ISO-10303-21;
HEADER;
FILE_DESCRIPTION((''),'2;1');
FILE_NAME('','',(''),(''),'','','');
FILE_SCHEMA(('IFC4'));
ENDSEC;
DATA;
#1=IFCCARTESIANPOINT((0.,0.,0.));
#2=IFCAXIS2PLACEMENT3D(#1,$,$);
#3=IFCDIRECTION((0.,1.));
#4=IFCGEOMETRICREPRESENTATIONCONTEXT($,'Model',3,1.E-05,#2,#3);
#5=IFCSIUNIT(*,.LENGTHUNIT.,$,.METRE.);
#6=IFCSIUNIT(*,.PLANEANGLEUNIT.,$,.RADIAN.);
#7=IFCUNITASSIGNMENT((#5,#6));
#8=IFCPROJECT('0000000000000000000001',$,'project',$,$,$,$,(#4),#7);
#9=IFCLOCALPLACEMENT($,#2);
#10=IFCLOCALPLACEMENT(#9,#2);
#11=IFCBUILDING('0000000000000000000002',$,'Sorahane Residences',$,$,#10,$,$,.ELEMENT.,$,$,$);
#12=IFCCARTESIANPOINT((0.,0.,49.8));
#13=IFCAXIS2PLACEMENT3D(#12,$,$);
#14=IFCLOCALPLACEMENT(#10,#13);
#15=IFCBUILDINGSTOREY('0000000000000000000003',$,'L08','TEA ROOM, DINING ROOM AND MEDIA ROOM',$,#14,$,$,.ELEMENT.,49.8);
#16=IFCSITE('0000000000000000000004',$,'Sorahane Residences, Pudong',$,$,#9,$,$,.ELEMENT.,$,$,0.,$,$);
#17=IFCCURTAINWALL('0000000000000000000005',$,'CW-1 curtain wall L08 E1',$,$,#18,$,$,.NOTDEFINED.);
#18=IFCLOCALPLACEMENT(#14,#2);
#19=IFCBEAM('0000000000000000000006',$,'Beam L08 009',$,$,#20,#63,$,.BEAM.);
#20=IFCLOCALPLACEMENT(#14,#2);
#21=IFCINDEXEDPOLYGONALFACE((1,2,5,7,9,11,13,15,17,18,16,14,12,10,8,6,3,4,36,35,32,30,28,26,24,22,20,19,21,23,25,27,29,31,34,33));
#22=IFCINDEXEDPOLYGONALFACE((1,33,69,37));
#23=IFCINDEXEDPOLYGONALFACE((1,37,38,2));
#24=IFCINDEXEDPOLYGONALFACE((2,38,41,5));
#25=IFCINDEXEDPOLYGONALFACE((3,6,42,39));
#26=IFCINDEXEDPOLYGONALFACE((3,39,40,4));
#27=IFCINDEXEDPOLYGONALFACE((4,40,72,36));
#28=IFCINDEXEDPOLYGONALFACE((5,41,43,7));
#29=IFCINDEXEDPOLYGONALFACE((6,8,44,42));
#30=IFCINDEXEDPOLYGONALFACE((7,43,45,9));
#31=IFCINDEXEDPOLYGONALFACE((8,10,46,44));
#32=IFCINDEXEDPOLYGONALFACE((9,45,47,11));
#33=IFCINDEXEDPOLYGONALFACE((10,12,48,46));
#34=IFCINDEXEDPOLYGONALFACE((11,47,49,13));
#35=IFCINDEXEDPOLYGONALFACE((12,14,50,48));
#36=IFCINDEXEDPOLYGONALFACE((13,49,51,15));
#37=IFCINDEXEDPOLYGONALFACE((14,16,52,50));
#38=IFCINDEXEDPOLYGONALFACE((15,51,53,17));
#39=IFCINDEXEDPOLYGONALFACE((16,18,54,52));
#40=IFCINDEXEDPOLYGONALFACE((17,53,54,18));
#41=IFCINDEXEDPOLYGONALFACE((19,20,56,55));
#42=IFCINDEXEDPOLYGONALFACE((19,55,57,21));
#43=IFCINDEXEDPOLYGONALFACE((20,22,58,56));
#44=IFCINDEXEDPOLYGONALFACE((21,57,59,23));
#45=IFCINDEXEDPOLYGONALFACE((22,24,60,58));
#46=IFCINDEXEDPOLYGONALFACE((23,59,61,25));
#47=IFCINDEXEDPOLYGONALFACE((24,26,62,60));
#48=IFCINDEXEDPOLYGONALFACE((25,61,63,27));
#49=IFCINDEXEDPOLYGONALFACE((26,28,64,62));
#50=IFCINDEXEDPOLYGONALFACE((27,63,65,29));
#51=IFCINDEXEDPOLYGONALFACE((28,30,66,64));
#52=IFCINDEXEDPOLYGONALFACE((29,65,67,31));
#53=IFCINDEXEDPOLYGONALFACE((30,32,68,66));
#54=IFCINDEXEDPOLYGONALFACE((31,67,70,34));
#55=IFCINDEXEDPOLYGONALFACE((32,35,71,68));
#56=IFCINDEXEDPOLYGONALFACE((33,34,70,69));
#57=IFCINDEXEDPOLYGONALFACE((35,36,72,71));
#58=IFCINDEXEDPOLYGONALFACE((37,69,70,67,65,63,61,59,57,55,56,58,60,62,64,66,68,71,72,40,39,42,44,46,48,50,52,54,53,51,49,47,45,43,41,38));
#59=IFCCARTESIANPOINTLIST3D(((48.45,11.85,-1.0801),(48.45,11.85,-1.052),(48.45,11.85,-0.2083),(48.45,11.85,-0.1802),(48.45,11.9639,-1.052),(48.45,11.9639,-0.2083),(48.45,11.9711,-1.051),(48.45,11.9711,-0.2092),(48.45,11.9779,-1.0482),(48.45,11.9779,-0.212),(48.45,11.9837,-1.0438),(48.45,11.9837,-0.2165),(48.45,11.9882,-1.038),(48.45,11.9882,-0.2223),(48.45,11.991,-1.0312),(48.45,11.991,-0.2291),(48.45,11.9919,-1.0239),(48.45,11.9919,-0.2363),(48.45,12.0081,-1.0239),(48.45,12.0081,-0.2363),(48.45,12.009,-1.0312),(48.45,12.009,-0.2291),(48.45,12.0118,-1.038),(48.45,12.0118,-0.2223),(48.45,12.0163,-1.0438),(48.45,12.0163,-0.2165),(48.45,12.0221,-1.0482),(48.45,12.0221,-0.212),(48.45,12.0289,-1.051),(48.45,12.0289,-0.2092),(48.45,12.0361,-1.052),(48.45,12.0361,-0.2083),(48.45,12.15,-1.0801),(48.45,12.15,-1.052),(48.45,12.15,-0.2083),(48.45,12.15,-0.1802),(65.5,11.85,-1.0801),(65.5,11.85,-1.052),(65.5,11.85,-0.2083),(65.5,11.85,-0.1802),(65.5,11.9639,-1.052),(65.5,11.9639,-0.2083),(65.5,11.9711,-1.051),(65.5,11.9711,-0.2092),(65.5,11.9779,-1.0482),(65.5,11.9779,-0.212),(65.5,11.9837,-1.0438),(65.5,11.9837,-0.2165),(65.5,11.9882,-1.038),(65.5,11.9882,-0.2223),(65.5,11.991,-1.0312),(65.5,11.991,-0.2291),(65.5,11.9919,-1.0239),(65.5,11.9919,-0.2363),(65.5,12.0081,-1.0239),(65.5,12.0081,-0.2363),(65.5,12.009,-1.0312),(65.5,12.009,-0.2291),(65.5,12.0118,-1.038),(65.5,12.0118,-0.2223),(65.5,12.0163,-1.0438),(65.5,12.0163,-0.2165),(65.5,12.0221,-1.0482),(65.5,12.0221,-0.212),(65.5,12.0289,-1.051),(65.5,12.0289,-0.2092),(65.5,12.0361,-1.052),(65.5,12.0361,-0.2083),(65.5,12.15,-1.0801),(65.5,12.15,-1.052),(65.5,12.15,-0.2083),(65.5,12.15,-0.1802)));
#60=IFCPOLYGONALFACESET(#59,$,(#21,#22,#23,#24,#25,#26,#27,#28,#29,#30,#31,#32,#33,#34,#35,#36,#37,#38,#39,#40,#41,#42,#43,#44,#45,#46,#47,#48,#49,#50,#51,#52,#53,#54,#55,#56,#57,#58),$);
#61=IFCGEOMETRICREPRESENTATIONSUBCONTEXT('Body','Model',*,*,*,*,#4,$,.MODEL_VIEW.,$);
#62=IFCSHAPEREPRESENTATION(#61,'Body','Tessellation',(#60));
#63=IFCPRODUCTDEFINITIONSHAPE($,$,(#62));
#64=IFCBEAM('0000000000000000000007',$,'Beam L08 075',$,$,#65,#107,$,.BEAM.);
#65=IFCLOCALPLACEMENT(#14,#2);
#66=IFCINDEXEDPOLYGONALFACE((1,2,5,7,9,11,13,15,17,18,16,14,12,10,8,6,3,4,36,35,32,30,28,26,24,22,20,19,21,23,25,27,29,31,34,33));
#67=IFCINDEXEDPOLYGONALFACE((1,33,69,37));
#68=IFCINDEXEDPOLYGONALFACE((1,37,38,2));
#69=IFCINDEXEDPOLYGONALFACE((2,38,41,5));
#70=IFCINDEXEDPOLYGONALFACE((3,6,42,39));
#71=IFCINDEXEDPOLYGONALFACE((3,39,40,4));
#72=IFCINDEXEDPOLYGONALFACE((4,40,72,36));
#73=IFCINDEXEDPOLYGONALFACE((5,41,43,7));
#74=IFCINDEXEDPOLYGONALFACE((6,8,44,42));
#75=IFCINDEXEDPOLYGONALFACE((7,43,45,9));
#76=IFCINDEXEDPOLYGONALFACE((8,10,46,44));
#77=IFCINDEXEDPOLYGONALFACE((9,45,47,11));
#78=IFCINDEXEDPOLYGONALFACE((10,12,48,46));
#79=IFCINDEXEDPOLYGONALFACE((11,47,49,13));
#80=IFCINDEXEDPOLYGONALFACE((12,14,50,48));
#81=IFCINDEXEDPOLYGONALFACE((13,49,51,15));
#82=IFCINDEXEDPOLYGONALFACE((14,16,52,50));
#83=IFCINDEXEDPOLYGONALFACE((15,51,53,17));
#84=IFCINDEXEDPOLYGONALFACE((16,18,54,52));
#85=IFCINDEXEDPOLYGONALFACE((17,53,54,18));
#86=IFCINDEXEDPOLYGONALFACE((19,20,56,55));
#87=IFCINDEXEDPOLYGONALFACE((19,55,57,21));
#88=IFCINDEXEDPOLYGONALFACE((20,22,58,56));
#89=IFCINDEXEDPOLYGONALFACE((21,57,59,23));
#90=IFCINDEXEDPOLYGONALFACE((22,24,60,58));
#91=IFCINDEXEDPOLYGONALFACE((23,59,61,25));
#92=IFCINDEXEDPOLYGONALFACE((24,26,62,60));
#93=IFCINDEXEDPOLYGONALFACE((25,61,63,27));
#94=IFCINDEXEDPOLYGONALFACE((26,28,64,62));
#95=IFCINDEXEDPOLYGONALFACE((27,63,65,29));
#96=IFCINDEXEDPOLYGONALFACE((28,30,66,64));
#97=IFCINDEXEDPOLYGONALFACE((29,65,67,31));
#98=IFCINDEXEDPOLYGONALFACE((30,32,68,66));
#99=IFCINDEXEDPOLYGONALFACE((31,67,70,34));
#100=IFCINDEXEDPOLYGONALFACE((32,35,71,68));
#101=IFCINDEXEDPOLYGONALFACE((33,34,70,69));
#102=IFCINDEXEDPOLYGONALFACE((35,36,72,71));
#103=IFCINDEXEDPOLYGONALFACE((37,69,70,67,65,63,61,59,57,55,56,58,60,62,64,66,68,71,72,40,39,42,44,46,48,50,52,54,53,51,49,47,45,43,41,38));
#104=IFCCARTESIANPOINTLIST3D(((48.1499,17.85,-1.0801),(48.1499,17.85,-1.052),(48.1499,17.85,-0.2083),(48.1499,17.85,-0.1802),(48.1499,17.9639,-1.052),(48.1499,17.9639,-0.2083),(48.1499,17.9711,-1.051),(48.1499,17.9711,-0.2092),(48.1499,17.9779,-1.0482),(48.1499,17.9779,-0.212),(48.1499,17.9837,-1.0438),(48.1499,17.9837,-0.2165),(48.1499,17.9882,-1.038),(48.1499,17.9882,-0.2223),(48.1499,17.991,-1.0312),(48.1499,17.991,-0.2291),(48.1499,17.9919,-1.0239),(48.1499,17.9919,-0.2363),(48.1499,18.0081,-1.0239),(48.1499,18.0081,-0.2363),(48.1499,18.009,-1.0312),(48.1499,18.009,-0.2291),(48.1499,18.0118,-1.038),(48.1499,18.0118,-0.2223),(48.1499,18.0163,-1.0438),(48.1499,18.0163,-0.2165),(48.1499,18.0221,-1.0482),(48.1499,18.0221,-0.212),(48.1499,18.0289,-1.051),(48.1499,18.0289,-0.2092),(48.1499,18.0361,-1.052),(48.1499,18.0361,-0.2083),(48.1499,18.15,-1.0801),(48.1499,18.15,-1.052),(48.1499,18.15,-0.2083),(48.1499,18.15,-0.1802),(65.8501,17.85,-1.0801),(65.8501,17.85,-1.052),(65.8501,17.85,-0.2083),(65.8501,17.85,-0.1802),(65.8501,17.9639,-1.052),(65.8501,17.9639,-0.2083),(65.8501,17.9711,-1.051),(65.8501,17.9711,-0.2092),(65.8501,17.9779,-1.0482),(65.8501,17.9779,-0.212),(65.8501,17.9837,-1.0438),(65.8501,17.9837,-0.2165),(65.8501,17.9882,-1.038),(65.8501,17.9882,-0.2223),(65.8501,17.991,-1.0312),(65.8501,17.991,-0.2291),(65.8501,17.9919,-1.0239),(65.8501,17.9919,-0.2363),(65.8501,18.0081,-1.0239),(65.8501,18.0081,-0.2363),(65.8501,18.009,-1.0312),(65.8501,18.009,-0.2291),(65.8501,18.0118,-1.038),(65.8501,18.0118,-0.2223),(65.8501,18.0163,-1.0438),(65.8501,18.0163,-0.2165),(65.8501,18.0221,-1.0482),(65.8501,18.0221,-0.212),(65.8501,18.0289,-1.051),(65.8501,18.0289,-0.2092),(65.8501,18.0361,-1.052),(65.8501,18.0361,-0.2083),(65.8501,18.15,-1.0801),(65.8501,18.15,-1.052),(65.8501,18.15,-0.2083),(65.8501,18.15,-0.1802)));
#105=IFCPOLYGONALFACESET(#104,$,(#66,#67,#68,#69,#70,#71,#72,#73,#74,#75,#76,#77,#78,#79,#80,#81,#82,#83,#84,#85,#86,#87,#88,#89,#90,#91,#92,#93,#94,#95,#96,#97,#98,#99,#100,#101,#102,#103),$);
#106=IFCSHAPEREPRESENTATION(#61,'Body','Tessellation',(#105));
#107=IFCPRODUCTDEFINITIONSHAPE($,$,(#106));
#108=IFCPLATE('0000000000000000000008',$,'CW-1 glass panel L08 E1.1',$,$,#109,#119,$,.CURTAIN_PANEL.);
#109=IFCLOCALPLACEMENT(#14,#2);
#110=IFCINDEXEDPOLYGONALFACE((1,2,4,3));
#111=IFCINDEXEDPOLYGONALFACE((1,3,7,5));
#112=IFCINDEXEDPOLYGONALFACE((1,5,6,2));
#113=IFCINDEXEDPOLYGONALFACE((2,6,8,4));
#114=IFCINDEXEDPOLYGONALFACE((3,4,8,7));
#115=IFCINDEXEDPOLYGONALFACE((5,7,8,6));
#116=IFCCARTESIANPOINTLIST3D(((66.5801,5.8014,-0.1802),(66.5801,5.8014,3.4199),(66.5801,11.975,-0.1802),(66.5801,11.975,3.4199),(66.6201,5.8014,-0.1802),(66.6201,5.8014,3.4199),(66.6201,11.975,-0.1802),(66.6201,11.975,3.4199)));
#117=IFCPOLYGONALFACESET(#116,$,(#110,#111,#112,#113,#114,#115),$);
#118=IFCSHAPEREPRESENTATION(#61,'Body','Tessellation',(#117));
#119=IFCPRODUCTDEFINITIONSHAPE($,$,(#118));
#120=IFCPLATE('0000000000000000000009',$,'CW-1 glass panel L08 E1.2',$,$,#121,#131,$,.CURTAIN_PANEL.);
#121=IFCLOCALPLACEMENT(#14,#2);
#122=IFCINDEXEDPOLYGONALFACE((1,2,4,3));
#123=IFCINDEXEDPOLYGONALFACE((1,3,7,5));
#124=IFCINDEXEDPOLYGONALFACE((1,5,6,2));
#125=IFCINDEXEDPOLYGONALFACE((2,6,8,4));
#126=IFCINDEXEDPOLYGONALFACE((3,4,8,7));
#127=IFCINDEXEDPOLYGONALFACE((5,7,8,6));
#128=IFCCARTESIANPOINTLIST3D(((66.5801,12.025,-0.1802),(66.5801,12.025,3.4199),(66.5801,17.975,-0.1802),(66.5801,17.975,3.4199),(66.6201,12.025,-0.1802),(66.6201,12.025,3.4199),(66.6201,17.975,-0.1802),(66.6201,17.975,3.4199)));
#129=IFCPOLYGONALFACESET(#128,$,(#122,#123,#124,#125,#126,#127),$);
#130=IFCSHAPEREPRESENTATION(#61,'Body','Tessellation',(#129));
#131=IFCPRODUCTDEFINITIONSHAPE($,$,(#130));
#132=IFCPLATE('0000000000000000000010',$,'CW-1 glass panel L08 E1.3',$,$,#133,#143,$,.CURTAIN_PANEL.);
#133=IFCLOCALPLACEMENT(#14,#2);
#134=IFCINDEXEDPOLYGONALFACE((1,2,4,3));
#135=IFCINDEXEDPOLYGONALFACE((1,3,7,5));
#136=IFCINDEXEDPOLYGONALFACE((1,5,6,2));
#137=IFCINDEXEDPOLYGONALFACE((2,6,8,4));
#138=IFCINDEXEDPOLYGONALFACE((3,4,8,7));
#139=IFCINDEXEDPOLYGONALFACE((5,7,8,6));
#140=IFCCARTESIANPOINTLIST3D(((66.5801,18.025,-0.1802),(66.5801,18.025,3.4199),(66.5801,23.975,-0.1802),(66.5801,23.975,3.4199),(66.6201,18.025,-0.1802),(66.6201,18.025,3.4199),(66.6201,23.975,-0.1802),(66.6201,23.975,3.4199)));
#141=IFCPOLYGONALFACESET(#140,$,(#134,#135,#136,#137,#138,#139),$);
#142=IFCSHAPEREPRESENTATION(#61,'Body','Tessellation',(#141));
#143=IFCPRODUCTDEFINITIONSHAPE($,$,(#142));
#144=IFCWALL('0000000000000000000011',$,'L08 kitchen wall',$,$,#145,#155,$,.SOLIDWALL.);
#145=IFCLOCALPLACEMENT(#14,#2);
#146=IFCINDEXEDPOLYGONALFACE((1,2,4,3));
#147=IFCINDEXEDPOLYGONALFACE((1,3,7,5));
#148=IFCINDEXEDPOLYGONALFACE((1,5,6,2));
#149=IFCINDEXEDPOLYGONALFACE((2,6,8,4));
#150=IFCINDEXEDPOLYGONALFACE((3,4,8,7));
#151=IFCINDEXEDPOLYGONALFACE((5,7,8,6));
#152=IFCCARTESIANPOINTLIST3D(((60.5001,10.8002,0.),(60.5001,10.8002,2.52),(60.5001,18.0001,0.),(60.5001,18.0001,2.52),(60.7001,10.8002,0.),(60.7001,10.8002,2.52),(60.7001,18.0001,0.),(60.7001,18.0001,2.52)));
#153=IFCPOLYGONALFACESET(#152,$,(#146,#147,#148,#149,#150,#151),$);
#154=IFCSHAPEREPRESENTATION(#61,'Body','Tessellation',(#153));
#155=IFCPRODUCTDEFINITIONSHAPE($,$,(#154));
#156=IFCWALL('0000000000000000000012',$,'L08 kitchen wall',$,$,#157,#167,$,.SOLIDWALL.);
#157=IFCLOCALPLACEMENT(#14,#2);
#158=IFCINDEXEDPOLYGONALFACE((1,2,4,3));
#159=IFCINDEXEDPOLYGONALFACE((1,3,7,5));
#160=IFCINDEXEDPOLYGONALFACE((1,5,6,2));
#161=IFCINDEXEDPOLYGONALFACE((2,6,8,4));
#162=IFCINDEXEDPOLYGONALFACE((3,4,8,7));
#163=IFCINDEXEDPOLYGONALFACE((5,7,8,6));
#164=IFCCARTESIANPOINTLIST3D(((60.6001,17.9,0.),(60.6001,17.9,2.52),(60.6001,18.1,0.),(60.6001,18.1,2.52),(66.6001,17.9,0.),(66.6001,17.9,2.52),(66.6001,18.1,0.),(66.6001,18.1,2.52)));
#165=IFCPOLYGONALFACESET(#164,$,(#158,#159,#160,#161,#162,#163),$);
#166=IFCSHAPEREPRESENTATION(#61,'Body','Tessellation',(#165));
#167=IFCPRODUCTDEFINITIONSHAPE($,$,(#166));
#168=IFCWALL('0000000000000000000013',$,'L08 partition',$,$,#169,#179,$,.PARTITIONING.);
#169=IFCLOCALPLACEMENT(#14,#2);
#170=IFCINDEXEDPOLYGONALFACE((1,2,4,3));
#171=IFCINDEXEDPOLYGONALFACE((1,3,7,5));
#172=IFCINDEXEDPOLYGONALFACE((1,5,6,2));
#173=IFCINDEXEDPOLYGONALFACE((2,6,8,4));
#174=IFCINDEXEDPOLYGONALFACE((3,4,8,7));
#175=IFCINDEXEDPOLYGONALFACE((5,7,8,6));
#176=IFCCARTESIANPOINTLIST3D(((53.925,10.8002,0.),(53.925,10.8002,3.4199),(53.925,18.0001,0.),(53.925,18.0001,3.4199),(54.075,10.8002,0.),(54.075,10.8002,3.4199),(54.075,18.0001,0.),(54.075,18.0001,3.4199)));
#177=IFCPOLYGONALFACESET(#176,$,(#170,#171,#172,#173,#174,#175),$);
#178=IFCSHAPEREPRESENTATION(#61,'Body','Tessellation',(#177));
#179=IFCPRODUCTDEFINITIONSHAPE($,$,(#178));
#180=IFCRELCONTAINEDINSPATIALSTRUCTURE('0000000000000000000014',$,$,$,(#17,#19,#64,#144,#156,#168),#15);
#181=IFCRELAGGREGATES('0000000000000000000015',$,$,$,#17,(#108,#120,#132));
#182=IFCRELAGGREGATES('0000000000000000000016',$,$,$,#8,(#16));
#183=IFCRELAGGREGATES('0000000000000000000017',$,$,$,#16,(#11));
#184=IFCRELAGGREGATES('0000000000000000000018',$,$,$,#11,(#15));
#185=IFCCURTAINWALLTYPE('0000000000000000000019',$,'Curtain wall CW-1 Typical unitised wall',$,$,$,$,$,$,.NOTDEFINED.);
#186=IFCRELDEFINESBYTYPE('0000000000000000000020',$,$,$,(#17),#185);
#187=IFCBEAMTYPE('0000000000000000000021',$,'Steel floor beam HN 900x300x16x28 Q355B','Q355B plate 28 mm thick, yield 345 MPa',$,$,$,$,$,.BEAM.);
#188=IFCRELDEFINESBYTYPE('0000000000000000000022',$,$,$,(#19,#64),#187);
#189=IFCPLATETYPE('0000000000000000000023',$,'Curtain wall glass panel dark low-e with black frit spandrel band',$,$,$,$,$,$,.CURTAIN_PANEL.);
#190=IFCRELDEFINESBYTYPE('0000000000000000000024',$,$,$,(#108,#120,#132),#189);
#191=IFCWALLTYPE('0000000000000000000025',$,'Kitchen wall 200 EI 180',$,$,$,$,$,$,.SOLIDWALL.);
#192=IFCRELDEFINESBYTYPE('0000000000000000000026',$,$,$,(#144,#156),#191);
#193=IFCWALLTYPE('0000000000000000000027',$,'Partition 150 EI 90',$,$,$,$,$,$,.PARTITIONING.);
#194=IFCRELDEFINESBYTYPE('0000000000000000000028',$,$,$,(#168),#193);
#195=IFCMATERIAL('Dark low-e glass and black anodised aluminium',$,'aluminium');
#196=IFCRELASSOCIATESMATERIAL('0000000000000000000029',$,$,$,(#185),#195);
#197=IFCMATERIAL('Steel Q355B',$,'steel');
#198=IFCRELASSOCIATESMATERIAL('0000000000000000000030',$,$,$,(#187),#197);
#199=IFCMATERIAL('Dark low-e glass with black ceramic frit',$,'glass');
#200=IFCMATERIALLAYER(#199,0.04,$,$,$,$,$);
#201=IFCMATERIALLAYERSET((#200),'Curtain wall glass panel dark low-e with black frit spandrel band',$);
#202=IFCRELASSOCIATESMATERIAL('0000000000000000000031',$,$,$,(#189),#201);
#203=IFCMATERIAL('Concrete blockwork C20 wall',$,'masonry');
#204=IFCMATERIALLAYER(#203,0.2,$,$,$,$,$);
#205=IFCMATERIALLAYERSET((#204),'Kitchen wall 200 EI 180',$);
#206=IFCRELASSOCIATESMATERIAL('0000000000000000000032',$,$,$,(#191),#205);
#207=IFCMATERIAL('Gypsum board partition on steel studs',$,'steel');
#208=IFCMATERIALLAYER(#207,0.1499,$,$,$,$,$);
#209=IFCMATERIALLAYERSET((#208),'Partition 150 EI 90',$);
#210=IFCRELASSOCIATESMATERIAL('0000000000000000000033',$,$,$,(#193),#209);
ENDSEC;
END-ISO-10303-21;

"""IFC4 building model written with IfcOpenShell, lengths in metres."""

from ifc_helpers import new_model, si_unit, direction, frame, frame_2d, origin, origin_2d, place, context, subcontext, project, spatial, rectangle, i_section, extrude, material, layer, layer_set, material_profile, profile_set, type_object, element, aggregate, save


model = new_model("IFC4")

# Units and contexts
model_context = context("Model", 3, precision=1e-05, world=origin(), true_north=direction((0.0, 1.0)))
body_context = subcontext(model_context, "Body", "Model", "MODEL_VIEW")
ifc_project = project(units=[si_unit("LENGTHUNIT", "METRE"), si_unit("PLANEANGLEUNIT", "RADIAN")], contexts=[model_context])

# Site, building, storey
site_placement = place(None, origin())
site = spatial("IfcSite", under=ifc_project, at=site_placement, Name="Sorahane Residences, Pudong", CompositionType="ELEMENT", RefElevation=0.0)
building_placement = place(site_placement, origin())
building = spatial("IfcBuilding", under=site, at=building_placement, Name="Sorahane Residences", CompositionType="ELEMENT")
storey_placement = place(building_placement, frame((0.0, 0.0, 49.8)))
storey = spatial("IfcBuildingStorey", under=building, at=storey_placement, Name="L08", Description="TEA ROOM, DINING ROOM AND MEDIA ROOM", CompositionType="ELEMENT", Elevation=49.8)

# Curtain wall
ifc_material_1 = material(Name="Dark low-e glass and black anodised aluminium", Category="aluminium")
curtain_wall_type = type_object("IfcCurtainWallType", Name="Curtain wall CW-1 Typical unitised wall", PredefinedType="NOTDEFINED", material=ifc_material_1)
curtain_wall_placement = place(storey_placement, origin())
curtain_wall = element("IfcCurtainWall", 1, at=curtain_wall_placement, inside=storey, type_object=curtain_wall_type, Name="CW-1 curtain wall L08 E1", PredefinedType="NOTDEFINED")

# Beams
ifc_material_2 = material(Name="Steel Q355B", Category="steel")
ifc_material_profile_1 = material_profile(ifc_material_2, i_section(OverallWidth=0.3, OverallDepth=0.8999, WebThickness=0.0161, FlangeThickness=0.0281, FilletRadius=0.0281, at=origin_2d()), Name="HN 900x300x16x28")
ifc_profile_set_1 = profile_set([ifc_material_profile_1], Name="Steel Q355B")
beam_type_1 = type_object("IfcBeamType", Name="Steel floor beam HN 900x300x16x28 Q355B", Description="Q355B plate 28 mm thick, yield 345 MPa", PredefinedType="BEAM", material=ifc_profile_set_1)
beam_1_placement = place(storey_placement, frame((48.45, 12.0, -0.6301), z_axis=(1.0, 0.0, 0.0), x_axis=(0.0, 1.0, 0.0)))
element("IfcBeam", 2, at=beam_1_placement, inside=storey, type_object=beam_type_1, Name="Beam L08 009", PredefinedType="BEAM", context=body_context, shape_type="SweptSolid", body=[
    extrude(i_section(OverallWidth=0.3, OverallDepth=0.8999, WebThickness=0.0161, FlangeThickness=0.0281, FilletRadius=0.0281, at=origin_2d()), origin(), (0.0, 0.0, 1.0), 17.05),
])
beam_2_placement = place(storey_placement, frame((48.1499, 18.0, -0.6301), z_axis=(1.0, 0.0, 0.0), x_axis=(0.0, 1.0, 0.0)))
element("IfcBeam", 3, at=beam_2_placement, inside=storey, type_object=beam_type_1, Name="Beam L08 075", PredefinedType="BEAM", context=body_context, shape_type="SweptSolid", body=[
    extrude(i_section(OverallWidth=0.3, OverallDepth=0.8999, WebThickness=0.0161, FlangeThickness=0.0281, FilletRadius=0.0281, at=origin_2d()), origin(), (0.0, 0.0, 1.0), 17.7002),
])

# Plates
ifc_material_3 = material(Name="Dark low-e glass with black ceramic frit", Category="glass")
ifc_layer_1 = layer(ifc_material_3, 0.04)
ifc_layer_set_1 = layer_set([ifc_layer_1], Name="Curtain wall glass panel dark low-e with black frit spandrel band")
plate_type = type_object("IfcPlateType", Name="Curtain wall glass panel dark low-e with black frit spandrel band", PredefinedType="CURTAIN_PANEL", material=ifc_layer_set_1)
plate_1_placement = place(storey_placement, frame((66.6001, 8.8882, -0.1802), z_axis=(0.0, 0.0, 1.0), x_axis=(0.0, 1.0, 0.0)))
plate_1 = element("IfcPlate", 4, at=plate_1_placement, type_object=plate_type, Name="CW-1 glass panel L08 E1.1", PredefinedType="CURTAIN_PANEL", context=body_context, shape_type="SweptSolid", body=[
    extrude(rectangle(XDim=6.1736, YDim=0.04, at=origin_2d()), origin(), (0.0, 0.0, 1.0), 3.6001),
])
plate_2_placement = place(storey_placement, frame((66.6001, 15.0, -0.1802), z_axis=(0.0, 0.0, 1.0), x_axis=(0.0, 1.0, 0.0)))
plate_2 = element("IfcPlate", 5, at=plate_2_placement, type_object=plate_type, Name="CW-1 glass panel L08 E1.2", PredefinedType="CURTAIN_PANEL", context=body_context, shape_type="SweptSolid", body=[
    extrude(rectangle(XDim=5.95, YDim=0.04, at=origin_2d()), origin(), (0.0, 0.0, 1.0), 3.6001),
])
plate_3_placement = place(storey_placement, frame((66.6001, 21.0, -0.1802), z_axis=(0.0, 0.0, 1.0), x_axis=(0.0, 1.0, 0.0)))
plate_3 = element("IfcPlate", 6, at=plate_3_placement, type_object=plate_type, Name="CW-1 glass panel L08 E1.3", PredefinedType="CURTAIN_PANEL", context=body_context, shape_type="SweptSolid", body=[
    extrude(rectangle(XDim=5.95, YDim=0.04, at=origin_2d()), origin(), (0.0, 0.0, 1.0), 3.6001),
])
aggregate(curtain_wall, [plate_1, plate_2, plate_3])

# Shared definitions
ifc_material_4 = material(Name="Concrete blockwork C20 wall", Category="masonry")
ifc_layer_2 = layer(ifc_material_4, 0.2)
ifc_layer_set_2 = layer_set([ifc_layer_2], Name="Kitchen wall 200 EI 180")
wall_type_1 = type_object("IfcWallType", Name="Kitchen wall 200 EI 180", PredefinedType="SOLIDWALL", material=ifc_layer_set_2)

# Wall
wall_1_placement = place(storey_placement, frame((60.6001, 10.8, 0.0), z_axis=(0.0, 0.0, 1.0), x_axis=(0.0, 1.0, 0.0)))
element("IfcWall", 7, at=wall_1_placement, inside=storey, type_object=wall_type_1, Name="L08 kitchen wall", PredefinedType="SOLIDWALL", context=body_context, shape_type="SweptSolid", body=[
    extrude(rectangle(XDim=7.2, YDim=0.2, at=frame_2d((3.6001, 0.0))), origin(), (0.0, 0.0, 1.0), 2.52),
])

# Walls
wall_2_placement = place(storey_placement, frame((60.6001, 18.0, 0.0), z_axis=(0.0, 0.0, 1.0), x_axis=(1.0, 0.0, 0.0)))
element("IfcWall", 8, at=wall_2_placement, inside=storey, type_object=wall_type_1, Name="L08 kitchen wall", PredefinedType="SOLIDWALL", context=body_context, shape_type="SweptSolid", body=[
    extrude(rectangle(XDim=6.0, YDim=0.2, at=frame_2d((3.0, 0.0))), origin(), (0.0, 0.0, 1.0), 2.52),
])
ifc_material_5 = material(Name="Gypsum board partition on steel studs", Category="steel")
ifc_layer_3 = layer(ifc_material_5, 0.1499)
ifc_layer_set_3 = layer_set([ifc_layer_3], Name="Partition 150 EI 90")
wall_type_2 = type_object("IfcWallType", Name="Partition 150 EI 90", PredefinedType="PARTITIONING", material=ifc_layer_set_3)
wall_3_placement = place(storey_placement, frame((54.0, 10.8, 0.0), z_axis=(0.0, 0.0, 1.0), x_axis=(0.0, 1.0, 0.0)))
element("IfcWall", 9, at=wall_3_placement, inside=storey, type_object=wall_type_2, Name="L08 partition", PredefinedType="PARTITIONING", context=body_context, shape_type="SweptSolid", body=[
    extrude(rectangle(XDim=7.2, YDim=0.1499, at=frame_2d((3.6001, 0.0))), origin(), (0.0, 0.0, 1.0), 3.4199),
])

save(model, "model.ifc")
